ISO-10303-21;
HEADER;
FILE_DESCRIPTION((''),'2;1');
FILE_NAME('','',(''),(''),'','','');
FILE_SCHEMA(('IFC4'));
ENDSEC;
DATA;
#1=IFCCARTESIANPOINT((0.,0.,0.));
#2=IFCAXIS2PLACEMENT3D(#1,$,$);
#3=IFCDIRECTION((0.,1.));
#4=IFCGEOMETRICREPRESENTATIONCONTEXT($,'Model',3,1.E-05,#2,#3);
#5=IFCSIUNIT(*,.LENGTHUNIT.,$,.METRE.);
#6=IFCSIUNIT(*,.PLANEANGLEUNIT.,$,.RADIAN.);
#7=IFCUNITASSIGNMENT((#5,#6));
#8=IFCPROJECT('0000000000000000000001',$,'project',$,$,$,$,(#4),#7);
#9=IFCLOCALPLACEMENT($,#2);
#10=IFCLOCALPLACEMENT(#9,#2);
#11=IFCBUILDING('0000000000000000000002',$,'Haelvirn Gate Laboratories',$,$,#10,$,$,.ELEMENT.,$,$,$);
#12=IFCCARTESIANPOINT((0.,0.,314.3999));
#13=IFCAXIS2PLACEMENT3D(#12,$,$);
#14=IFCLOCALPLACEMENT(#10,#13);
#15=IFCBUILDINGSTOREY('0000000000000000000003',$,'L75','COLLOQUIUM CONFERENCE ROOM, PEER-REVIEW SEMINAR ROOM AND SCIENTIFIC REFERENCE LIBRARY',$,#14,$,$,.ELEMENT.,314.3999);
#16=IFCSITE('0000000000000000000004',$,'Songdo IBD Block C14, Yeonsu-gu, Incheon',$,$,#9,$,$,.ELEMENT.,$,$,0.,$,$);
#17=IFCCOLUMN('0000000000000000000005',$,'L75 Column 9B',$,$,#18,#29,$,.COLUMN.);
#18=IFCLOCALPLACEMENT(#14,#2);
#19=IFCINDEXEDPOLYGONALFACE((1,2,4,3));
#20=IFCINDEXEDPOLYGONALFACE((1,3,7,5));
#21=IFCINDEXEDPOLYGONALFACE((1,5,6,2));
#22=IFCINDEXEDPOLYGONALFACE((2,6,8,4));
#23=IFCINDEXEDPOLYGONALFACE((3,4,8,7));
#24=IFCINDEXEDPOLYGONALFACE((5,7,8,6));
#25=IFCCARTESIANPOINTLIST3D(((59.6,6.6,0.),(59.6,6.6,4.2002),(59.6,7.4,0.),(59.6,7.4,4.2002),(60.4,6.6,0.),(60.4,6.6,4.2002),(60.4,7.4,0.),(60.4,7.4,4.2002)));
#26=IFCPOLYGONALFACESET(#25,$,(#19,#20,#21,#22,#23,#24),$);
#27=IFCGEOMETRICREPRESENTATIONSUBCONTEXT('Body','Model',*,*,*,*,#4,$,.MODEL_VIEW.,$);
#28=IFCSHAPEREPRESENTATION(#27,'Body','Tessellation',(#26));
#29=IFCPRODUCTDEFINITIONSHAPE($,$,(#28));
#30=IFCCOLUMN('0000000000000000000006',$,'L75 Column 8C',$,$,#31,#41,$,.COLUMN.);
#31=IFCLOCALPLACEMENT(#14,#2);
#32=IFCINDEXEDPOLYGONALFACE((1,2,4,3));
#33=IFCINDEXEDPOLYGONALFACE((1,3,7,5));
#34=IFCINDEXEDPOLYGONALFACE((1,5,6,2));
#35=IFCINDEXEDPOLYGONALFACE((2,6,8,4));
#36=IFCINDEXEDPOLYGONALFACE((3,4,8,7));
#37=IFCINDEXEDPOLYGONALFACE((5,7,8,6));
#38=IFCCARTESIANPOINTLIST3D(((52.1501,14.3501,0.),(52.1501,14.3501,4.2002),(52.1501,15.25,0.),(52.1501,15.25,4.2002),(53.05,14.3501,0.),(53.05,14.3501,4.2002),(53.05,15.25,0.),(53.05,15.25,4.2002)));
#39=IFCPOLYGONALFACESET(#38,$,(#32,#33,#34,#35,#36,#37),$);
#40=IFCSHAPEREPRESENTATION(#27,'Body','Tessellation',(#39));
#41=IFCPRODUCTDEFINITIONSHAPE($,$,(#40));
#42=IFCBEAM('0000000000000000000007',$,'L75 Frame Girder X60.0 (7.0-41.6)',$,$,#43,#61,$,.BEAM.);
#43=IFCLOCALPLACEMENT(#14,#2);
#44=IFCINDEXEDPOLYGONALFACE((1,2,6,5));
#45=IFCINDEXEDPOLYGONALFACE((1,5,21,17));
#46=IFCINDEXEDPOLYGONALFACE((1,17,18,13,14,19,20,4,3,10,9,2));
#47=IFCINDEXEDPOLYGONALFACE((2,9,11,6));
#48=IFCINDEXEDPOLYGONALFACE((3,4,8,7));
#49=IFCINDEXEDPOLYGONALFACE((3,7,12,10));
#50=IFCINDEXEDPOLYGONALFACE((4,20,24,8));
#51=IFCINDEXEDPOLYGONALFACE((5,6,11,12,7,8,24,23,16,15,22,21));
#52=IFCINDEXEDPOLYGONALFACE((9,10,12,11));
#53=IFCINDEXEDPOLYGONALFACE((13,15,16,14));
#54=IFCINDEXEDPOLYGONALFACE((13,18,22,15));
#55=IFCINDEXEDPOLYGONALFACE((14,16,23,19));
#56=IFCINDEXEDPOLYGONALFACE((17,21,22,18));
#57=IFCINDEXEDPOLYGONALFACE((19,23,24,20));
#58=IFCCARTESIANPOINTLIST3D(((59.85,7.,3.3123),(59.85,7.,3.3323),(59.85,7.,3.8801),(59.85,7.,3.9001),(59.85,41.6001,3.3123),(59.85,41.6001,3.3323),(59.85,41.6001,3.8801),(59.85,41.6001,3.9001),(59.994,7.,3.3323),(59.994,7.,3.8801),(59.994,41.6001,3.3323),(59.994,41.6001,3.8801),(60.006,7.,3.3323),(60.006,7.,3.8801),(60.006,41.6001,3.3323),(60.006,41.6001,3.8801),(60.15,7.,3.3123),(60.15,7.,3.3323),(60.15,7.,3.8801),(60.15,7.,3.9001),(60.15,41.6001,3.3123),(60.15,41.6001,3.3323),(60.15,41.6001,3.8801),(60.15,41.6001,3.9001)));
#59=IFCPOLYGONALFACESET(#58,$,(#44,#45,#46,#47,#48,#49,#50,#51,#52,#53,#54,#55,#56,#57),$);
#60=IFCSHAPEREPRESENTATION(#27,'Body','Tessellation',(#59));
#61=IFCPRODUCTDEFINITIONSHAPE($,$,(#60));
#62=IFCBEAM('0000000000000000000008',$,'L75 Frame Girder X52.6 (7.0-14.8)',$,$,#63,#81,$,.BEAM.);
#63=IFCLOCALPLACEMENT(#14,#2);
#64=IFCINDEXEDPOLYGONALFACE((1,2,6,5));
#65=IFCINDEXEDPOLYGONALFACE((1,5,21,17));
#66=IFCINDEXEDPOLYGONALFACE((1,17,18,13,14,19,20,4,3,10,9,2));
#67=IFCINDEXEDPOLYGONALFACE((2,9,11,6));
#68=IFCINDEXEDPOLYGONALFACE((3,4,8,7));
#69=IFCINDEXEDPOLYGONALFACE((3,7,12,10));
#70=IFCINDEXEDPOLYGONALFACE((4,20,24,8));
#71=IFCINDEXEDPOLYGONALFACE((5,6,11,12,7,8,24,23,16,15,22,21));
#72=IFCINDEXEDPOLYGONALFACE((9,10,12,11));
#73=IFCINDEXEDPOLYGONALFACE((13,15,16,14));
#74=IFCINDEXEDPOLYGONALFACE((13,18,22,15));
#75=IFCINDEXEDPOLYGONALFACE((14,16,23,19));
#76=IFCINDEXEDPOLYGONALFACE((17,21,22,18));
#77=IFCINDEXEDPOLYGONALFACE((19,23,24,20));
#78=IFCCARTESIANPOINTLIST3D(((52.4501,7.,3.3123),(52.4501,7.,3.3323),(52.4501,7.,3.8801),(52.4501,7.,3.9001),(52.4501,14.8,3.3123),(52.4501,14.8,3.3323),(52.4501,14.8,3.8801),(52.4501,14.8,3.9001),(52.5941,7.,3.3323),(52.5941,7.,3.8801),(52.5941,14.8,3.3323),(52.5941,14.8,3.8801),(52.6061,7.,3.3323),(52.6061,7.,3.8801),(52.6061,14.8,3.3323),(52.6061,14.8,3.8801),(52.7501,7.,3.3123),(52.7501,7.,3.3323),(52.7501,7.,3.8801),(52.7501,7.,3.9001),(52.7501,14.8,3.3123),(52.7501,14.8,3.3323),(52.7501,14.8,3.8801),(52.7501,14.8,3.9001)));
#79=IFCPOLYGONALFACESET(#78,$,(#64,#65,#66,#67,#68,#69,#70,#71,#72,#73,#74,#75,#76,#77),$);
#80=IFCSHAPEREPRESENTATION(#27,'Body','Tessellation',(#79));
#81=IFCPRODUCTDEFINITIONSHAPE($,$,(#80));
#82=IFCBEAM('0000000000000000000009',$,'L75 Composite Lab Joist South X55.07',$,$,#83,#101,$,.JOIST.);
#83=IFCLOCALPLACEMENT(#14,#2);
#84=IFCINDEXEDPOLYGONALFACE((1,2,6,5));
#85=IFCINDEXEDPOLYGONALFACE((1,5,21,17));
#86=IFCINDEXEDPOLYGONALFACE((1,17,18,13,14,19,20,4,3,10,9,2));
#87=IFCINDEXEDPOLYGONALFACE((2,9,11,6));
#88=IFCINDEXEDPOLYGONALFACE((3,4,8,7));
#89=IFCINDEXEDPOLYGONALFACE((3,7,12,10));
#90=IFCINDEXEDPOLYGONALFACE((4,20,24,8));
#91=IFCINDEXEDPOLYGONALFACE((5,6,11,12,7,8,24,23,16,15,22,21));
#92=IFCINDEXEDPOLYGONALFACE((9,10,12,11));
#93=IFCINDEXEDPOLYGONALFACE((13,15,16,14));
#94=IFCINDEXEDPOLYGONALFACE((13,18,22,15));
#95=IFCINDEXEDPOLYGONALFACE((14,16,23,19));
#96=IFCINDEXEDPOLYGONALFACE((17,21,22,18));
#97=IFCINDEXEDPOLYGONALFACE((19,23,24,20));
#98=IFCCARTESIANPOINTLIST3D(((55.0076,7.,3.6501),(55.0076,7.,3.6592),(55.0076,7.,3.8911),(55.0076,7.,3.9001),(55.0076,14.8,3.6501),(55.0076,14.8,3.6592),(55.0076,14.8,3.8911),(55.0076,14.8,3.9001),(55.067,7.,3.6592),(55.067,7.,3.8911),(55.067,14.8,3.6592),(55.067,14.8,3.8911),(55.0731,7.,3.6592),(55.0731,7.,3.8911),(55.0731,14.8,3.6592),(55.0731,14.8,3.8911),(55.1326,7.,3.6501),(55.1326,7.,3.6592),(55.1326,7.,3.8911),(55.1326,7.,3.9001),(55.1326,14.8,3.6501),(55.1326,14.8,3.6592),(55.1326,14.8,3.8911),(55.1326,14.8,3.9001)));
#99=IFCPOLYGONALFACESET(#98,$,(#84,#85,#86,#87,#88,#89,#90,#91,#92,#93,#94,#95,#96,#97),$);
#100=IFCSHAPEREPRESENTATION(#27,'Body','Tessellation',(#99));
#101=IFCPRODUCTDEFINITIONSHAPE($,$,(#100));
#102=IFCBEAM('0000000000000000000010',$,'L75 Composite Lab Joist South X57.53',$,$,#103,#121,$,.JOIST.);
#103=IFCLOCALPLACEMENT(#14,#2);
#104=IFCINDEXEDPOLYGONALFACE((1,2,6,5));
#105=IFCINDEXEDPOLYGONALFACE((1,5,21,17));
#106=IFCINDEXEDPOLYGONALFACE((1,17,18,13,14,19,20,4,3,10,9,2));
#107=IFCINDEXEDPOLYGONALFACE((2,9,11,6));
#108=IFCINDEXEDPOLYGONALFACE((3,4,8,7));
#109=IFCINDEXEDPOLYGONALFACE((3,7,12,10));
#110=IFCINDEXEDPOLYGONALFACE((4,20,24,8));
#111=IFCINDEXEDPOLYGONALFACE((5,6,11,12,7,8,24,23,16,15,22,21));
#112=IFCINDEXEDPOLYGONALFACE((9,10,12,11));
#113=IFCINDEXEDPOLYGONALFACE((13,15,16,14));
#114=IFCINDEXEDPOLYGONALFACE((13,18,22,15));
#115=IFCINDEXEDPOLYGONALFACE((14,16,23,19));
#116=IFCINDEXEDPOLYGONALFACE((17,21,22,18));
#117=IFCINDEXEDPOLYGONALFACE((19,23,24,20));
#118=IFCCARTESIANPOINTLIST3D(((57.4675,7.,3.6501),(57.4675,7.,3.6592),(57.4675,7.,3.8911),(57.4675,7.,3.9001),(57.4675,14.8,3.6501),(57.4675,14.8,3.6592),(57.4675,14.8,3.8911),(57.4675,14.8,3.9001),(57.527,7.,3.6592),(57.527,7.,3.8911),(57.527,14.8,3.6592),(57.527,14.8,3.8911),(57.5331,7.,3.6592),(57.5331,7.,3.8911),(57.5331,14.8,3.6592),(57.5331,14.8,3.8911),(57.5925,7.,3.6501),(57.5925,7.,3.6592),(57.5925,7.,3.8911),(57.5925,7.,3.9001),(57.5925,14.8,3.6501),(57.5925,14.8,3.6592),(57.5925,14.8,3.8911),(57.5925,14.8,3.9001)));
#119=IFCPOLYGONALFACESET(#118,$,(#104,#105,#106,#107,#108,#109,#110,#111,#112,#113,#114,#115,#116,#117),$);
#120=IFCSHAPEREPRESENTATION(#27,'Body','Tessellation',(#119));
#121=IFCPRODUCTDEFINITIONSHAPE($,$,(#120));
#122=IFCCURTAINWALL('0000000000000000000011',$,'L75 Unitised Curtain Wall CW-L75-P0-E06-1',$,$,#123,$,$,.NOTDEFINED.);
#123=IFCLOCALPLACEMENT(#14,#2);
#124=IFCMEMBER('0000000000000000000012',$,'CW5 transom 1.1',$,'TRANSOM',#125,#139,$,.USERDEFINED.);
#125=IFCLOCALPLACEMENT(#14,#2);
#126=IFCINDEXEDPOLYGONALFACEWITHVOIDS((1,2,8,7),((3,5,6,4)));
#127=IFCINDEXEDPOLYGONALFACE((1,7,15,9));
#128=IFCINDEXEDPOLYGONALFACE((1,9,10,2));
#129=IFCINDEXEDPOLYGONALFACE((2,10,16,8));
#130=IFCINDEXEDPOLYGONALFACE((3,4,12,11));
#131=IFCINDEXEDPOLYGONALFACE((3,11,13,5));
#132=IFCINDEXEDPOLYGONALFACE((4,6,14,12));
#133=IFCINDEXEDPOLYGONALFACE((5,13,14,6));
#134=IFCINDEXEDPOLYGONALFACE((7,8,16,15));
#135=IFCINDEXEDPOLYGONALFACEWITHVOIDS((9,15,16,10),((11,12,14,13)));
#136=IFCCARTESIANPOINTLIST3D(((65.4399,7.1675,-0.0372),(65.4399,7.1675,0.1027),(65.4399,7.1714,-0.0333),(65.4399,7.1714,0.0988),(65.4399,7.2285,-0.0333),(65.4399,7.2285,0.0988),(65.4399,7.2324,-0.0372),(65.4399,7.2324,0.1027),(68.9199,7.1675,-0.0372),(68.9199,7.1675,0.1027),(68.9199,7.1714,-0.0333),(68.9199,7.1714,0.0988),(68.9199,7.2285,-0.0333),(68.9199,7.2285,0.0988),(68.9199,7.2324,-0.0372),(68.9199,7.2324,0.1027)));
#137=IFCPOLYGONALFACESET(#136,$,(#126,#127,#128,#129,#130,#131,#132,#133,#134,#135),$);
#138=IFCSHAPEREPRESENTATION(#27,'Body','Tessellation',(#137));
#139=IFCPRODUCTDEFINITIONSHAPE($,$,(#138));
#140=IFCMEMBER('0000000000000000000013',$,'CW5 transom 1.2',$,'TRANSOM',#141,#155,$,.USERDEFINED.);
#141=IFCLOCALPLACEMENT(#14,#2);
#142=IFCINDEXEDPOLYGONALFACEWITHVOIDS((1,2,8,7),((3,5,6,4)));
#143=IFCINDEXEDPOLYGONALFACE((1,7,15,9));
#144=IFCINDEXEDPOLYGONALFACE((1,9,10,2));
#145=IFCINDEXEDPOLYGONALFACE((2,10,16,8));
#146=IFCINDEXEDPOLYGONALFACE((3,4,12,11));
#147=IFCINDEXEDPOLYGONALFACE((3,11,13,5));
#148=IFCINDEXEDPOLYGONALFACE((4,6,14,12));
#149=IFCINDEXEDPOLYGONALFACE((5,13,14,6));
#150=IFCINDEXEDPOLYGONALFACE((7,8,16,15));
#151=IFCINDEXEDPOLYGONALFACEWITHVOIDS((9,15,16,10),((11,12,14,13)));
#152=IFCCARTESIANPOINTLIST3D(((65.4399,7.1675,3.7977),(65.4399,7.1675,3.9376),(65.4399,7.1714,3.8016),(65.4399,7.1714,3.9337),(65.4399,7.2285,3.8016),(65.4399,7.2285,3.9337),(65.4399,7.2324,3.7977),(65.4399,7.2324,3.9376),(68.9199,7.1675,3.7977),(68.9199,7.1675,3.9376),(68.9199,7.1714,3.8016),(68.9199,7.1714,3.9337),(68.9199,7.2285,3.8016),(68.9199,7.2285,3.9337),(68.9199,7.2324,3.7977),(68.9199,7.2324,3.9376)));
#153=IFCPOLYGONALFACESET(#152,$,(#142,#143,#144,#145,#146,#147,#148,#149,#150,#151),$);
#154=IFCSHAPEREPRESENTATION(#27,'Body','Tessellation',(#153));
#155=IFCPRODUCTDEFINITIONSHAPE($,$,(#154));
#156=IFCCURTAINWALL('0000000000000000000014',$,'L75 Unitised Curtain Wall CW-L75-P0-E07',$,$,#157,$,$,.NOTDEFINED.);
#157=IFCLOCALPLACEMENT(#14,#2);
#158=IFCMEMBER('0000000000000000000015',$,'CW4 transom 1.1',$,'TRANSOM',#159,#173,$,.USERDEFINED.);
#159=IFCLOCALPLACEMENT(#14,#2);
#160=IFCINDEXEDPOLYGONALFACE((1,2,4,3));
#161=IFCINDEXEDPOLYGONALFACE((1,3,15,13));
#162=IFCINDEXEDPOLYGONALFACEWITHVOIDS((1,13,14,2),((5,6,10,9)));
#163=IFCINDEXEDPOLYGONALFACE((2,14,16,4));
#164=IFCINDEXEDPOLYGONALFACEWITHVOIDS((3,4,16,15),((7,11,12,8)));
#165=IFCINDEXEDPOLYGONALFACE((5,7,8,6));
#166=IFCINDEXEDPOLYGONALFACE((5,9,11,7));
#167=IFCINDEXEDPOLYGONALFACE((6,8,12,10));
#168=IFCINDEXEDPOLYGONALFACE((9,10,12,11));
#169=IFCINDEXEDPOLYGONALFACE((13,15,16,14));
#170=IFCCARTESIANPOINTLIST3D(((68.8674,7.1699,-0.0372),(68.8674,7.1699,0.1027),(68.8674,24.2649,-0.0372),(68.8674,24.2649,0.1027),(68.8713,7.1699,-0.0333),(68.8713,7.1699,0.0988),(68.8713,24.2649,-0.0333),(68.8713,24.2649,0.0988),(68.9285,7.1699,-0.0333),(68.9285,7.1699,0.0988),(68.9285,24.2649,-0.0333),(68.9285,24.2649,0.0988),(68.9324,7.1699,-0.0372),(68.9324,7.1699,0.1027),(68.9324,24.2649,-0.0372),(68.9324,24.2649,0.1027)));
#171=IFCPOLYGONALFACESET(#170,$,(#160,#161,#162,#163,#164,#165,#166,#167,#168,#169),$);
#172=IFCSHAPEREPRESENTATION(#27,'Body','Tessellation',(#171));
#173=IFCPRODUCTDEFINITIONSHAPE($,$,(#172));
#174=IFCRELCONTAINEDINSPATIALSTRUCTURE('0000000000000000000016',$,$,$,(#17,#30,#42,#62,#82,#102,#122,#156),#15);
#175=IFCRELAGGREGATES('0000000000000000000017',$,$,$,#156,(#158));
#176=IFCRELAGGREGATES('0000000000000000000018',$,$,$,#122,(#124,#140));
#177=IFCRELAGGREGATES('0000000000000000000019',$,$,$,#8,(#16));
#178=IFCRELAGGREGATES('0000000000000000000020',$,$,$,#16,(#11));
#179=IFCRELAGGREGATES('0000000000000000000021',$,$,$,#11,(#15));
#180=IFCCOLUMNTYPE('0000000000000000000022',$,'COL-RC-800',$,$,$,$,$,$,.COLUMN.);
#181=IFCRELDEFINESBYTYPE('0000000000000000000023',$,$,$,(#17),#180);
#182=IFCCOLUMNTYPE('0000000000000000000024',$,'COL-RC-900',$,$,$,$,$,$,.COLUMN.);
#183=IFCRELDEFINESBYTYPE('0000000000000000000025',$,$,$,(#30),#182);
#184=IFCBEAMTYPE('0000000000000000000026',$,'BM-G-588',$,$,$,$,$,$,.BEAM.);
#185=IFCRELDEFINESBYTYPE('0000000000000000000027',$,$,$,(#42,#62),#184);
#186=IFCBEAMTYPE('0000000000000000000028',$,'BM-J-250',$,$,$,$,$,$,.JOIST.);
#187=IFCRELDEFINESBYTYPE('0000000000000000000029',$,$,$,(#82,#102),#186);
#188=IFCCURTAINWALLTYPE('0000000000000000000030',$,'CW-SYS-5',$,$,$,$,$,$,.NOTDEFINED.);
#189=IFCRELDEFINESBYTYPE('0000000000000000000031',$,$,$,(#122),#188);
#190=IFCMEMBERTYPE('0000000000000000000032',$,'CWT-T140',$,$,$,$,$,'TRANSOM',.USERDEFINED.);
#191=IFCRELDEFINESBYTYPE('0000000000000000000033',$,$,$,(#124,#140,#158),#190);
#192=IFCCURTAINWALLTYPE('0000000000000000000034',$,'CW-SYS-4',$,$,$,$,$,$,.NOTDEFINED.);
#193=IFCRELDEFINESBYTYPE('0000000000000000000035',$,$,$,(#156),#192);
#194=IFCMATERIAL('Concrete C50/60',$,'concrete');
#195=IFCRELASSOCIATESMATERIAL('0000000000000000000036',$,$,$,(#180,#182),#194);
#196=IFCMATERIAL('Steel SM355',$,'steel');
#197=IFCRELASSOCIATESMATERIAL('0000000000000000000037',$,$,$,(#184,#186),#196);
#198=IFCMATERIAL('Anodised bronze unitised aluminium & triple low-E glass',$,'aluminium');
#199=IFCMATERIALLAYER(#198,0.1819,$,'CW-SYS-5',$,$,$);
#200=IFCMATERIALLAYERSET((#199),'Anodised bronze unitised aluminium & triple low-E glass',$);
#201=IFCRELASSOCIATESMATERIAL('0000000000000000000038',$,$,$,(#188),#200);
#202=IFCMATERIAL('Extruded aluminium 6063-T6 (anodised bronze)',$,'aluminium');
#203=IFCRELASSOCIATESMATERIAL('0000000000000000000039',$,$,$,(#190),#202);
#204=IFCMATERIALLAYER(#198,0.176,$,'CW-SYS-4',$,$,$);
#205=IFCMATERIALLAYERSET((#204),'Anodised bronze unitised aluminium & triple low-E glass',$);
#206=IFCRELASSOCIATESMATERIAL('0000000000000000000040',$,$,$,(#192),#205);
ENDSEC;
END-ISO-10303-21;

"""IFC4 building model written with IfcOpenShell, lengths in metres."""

from ifc_helpers import new_model, si_unit, direction, frame, origin, origin_2d, place, context, subcontext, project, spatial, rectangle, hollow_rectangle, i_section, extrude, source, transform, mapped, material, layer, layer_set, material_profile, profile_set, type_object, type_shapes, element, aggregate, save


model = new_model("IFC4")

# Units and contexts
model_context = context("Model", 3, precision=1e-05, world=origin(), true_north=direction((0.0, 1.0)))
body_context = subcontext(model_context, "Body", "Model", "MODEL_VIEW")
ifc_project = project(units=[si_unit("LENGTHUNIT", "METRE"), si_unit("PLANEANGLEUNIT", "RADIAN")], contexts=[model_context])

# Site, building, storey
site_placement = place(None, origin())
site = spatial("IfcSite", under=ifc_project, at=site_placement, Name="Songdo IBD Block C14, Yeonsu-gu, Incheon", CompositionType="ELEMENT", RefElevation=0.0)
building_placement = place(site_placement, origin())
building = spatial("IfcBuilding", under=site, at=building_placement, Name="Haelvirn Gate Laboratories", CompositionType="ELEMENT")
storey_placement = place(building_placement, frame((0.0, 0.0, 314.3999)))
storey = spatial("IfcBuildingStorey", under=building, at=storey_placement, Name="L75", Description="COLLOQUIUM CONFERENCE ROOM, PEER-REVIEW SEMINAR ROOM AND SCIENTIFIC REFERENCE LIBRARY", CompositionType="ELEMENT", Elevation=314.3999)

# Columns
ifc_material_1 = material(Name="Concrete C50/60", Category="concrete")
ifc_material_profile_1 = material_profile(ifc_material_1, rectangle(XDim=0.8, YDim=0.8, at=origin_2d()), Name="RC-800x800")
ifc_profile_set_1 = profile_set([ifc_material_profile_1], Name="Concrete C50/60")
column_type_1 = type_object("IfcColumnType", Name="COL-RC-800", PredefinedType="COLUMN", material=ifc_profile_set_1)
shared_shape_1 = source(origin(), body_context, "Body", "SweptSolid", [
    extrude(rectangle(XDim=0.8, YDim=0.8, at=origin_2d()), origin(), (0.0, 0.0, 1.0), 4.2002),
])
type_shapes(column_type_1, [shared_shape_1])
column_1_placement = place(storey_placement, frame((60.0, 7.0, 0.0), z_axis=(0.0, 0.0, 1.0), x_axis=(1.0, 0.0, 0.0)))
element("IfcColumn", 1, at=column_1_placement, inside=storey, type_object=column_type_1, Name="L75 Column 9B", PredefinedType="COLUMN", context=body_context, shape_type="MappedRepresentation", body=[
    mapped(shared_shape_1, transform((0.0, 0.0, 0.0), scale=1.0)),
])
ifc_material_profile_2 = material_profile(ifc_material_1, rectangle(XDim=0.8999, YDim=0.8999, at=origin_2d()), Name="RC-900x900")
ifc_profile_set_2 = profile_set([ifc_material_profile_2], Name="Concrete C50/60")
column_type_2 = type_object("IfcColumnType", Name="COL-RC-900", PredefinedType="COLUMN", material=ifc_profile_set_2)
shared_shape_2 = source(origin(), body_context, "Body", "SweptSolid", [
    extrude(rectangle(XDim=0.8999, YDim=0.8999, at=origin_2d()), origin(), (0.0, 0.0, 1.0), 4.2002),
])
type_shapes(column_type_2, [shared_shape_2])
column_2_placement = place(storey_placement, frame((52.6001, 14.8, 0.0), z_axis=(0.0, 0.0, 1.0), x_axis=(1.0, 0.0, 0.0)))
element("IfcColumn", 2, at=column_2_placement, inside=storey, type_object=column_type_2, Name="L75 Column 8C", PredefinedType="COLUMN", context=body_context, shape_type="MappedRepresentation", body=[
    mapped(shared_shape_2, transform((0.0, 0.0, 0.0), scale=1.0)),
])

# Beams
ifc_material_2 = material(Name="Steel SM355", Category="steel")
ifc_material_profile_3 = material_profile(ifc_material_2, i_section(OverallWidth=0.3, OverallDepth=0.5879, WebThickness=0.012, FlangeThickness=0.02, at=origin_2d()), Name="H-588x300x12x20")
ifc_profile_set_3 = profile_set([ifc_material_profile_3], Name="Steel SM355")
beam_type_1 = type_object("IfcBeamType", Name="BM-G-588", PredefinedType="BEAM", material=ifc_profile_set_3)
shared_shape_3 = source(origin(), body_context, "Body", "SweptSolid", [
    extrude(i_section(OverallWidth=0.3, OverallDepth=0.5879, WebThickness=0.012, FlangeThickness=0.02, at=origin_2d()), origin(), (0.0, 0.0, 1.0), 34.6001),
])
beam_1_placement = place(storey_placement, frame((60.0, 7.0, 3.6062), z_axis=(0.0, 1.0, 0.0), x_axis=(-1.0, 0.0, 0.0)))
element("IfcBeam", 3, at=beam_1_placement, inside=storey, type_object=beam_type_1, Name="L75 Frame Girder X60.0 (7.0-41.6)", PredefinedType="BEAM", context=body_context, shape_type="MappedRepresentation", body=[
    mapped(shared_shape_3, transform((0.0, 0.0, 0.0), scale=1.0)),
])
shared_shape_4 = source(origin(), body_context, "Body", "SweptSolid", [
    extrude(i_section(OverallWidth=0.3, OverallDepth=0.5879, WebThickness=0.012, FlangeThickness=0.02, at=origin_2d()), origin(), (0.0, 0.0, 1.0), 7.8),
])
type_shapes(beam_type_1, [shared_shape_3, shared_shape_4])
beam_2_placement = place(storey_placement, frame((52.6001, 7.0, 3.6062), z_axis=(0.0, 1.0, 0.0), x_axis=(-1.0, 0.0, 0.0)))
element("IfcBeam", 4, at=beam_2_placement, inside=storey, type_object=beam_type_1, Name="L75 Frame Girder X52.6 (7.0-14.8)", PredefinedType="BEAM", context=body_context, shape_type="MappedRepresentation", body=[
    mapped(shared_shape_4, transform((0.0, 0.0, 0.0), scale=1.0)),
])
ifc_material_profile_4 = material_profile(ifc_material_2, i_section(OverallWidth=0.125, OverallDepth=0.25, WebThickness=0.0061, FlangeThickness=0.009, at=origin_2d()), Name="H-250x125x6x9")
ifc_profile_set_4 = profile_set([ifc_material_profile_4], Name="Steel SM355")
beam_type_2 = type_object("IfcBeamType", Name="BM-J-250", PredefinedType="JOIST", material=ifc_profile_set_4)
shared_shape_5 = source(origin(), body_context, "Body", "SweptSolid", [
    extrude(i_section(OverallWidth=0.125, OverallDepth=0.25, WebThickness=0.0061, FlangeThickness=0.009, at=origin_2d()), origin(), (0.0, 0.0, 1.0), 7.8),
])
type_shapes(beam_type_2, [shared_shape_5])
for number, where, z_axis, x_axis, name in (
    (5, (55.0701, 7.0, 3.7751), (0.0, 1.0, 0.0), (-1.0, 0.0, 0.0), "L75 Composite Lab Joist South X55.07"),
    (6, (57.53, 7.0, 3.7751), (0.0, 1.0, 0.0), (-1.0, 0.0, 0.0), "L75 Composite Lab Joist South X57.53"),
):
    element("IfcBeam", number, at=place(storey_placement, frame(where, z_axis=z_axis, x_axis=x_axis)), inside=storey, type_object=beam_type_2, Name=name, PredefinedType="JOIST", context=body_context, shape_type="MappedRepresentation", body=[
        mapped(shared_shape_5, transform((0.0, 0.0, 0.0), scale=1.0)),
    ])

# Curtain walls, members
ifc_material_3 = material(Name="Anodised bronze unitised aluminium & triple low-E glass", Category="aluminium")
ifc_layer_1 = layer(ifc_material_3, 0.1819, Name="CW-SYS-5")
ifc_layer_set_1 = layer_set([ifc_layer_1], Name="Anodised bronze unitised aluminium & triple low-E glass")
curtain_wall_type_1 = type_object("IfcCurtainWallType", Name="CW-SYS-5", PredefinedType="NOTDEFINED", material=ifc_layer_set_1)
curtain_wall_1_placement = place(storey_placement, origin())
curtain_wall_1 = element("IfcCurtainWall", 7, at=curtain_wall_1_placement, inside=storey, type_object=curtain_wall_type_1, Name="L75 Unitised Curtain Wall CW-L75-P0-E06-1", PredefinedType="NOTDEFINED")
ifc_material_4 = material(Name="Extruded aluminium 6063-T6 (anodised bronze)", Category="aluminium")
ifc_material_profile_5 = material_profile(ifc_material_4, hollow_rectangle(XDim=0.0649, YDim=0.1399, WallThickness=0.0039, at=origin_2d()), Name="CWT-140x65x4")
ifc_profile_set_5 = profile_set([ifc_material_profile_5], Name="Extruded aluminium 6063-T6 (anodised bronze)")
member_type_1 = type_object("IfcMemberType", Name="CWT-T140", ElementType="TRANSOM", PredefinedType="USERDEFINED", material=ifc_profile_set_5)
shared_shape_6 = source(origin(), body_context, "Body", "SweptSolid", [
    extrude(hollow_rectangle(XDim=0.0649, YDim=0.1399, WallThickness=0.0039, at=origin_2d()), origin(), (0.0, 0.0, 1.0), 3.48),
])
member_1_placement = place(storey_placement, frame((65.4399, 7.2, 0.0327), z_axis=(1.0, 0.0, 0.0), x_axis=(0.0, 1.0, 0.0)))
member_1 = element("IfcMember", 8, at=member_1_placement, type_object=member_type_1, Name="CW5 transom 1.1", ObjectType="TRANSOM", PredefinedType="USERDEFINED", context=body_context, shape_type="MappedRepresentation", body=[
    mapped(shared_shape_6, transform((0.0, 0.0, 0.0), scale=1.0)),
])
member_2_placement = place(storey_placement, frame((65.4399, 7.2, 3.8677), z_axis=(1.0, 0.0, 0.0), x_axis=(0.0, 1.0, 0.0)))
member_2 = element("IfcMember", 9, at=member_2_placement, type_object=member_type_1, Name="CW5 transom 1.2", ObjectType="TRANSOM", PredefinedType="USERDEFINED", context=body_context, shape_type="MappedRepresentation", body=[
    mapped(shared_shape_6, transform((0.0, 0.0, 0.0), scale=1.0)),
])
ifc_layer_2 = layer(ifc_material_3, 0.176, Name="CW-SYS-4")
ifc_layer_set_2 = layer_set([ifc_layer_2], Name="Anodised bronze unitised aluminium & triple low-E glass")
curtain_wall_type_2 = type_object("IfcCurtainWallType", Name="CW-SYS-4", PredefinedType="NOTDEFINED", material=ifc_layer_set_2)
curtain_wall_2_placement = place(storey_placement, origin())
curtain_wall_2 = element("IfcCurtainWall", 10, at=curtain_wall_2_placement, inside=storey, type_object=curtain_wall_type_2, Name="L75 Unitised Curtain Wall CW-L75-P0-E07", PredefinedType="NOTDEFINED")
shared_shape_7 = source(origin(), body_context, "Body", "SweptSolid", [
    extrude(hollow_rectangle(XDim=0.0649, YDim=0.1399, WallThickness=0.0039, at=origin_2d()), origin(), (0.0, 0.0, 1.0), 17.095),
])
member_3_placement = place(storey_placement, frame((68.8999, 7.1699, 0.0327), z_axis=(0.0, 1.0, 0.0), x_axis=(-1.0, 0.0, 0.0)))
member_3 = element("IfcMember", 11, at=member_3_placement, type_object=member_type_1, Name="CW4 transom 1.1", ObjectType="TRANSOM", PredefinedType="USERDEFINED", context=body_context, shape_type="MappedRepresentation", body=[
    mapped(shared_shape_7, transform((0.0, 0.0, 0.0), scale=1.0)),
])

aggregate(curtain_wall_2, [member_3])

aggregate(curtain_wall_1, [member_1, member_2])

save(model, "model.ifc")
